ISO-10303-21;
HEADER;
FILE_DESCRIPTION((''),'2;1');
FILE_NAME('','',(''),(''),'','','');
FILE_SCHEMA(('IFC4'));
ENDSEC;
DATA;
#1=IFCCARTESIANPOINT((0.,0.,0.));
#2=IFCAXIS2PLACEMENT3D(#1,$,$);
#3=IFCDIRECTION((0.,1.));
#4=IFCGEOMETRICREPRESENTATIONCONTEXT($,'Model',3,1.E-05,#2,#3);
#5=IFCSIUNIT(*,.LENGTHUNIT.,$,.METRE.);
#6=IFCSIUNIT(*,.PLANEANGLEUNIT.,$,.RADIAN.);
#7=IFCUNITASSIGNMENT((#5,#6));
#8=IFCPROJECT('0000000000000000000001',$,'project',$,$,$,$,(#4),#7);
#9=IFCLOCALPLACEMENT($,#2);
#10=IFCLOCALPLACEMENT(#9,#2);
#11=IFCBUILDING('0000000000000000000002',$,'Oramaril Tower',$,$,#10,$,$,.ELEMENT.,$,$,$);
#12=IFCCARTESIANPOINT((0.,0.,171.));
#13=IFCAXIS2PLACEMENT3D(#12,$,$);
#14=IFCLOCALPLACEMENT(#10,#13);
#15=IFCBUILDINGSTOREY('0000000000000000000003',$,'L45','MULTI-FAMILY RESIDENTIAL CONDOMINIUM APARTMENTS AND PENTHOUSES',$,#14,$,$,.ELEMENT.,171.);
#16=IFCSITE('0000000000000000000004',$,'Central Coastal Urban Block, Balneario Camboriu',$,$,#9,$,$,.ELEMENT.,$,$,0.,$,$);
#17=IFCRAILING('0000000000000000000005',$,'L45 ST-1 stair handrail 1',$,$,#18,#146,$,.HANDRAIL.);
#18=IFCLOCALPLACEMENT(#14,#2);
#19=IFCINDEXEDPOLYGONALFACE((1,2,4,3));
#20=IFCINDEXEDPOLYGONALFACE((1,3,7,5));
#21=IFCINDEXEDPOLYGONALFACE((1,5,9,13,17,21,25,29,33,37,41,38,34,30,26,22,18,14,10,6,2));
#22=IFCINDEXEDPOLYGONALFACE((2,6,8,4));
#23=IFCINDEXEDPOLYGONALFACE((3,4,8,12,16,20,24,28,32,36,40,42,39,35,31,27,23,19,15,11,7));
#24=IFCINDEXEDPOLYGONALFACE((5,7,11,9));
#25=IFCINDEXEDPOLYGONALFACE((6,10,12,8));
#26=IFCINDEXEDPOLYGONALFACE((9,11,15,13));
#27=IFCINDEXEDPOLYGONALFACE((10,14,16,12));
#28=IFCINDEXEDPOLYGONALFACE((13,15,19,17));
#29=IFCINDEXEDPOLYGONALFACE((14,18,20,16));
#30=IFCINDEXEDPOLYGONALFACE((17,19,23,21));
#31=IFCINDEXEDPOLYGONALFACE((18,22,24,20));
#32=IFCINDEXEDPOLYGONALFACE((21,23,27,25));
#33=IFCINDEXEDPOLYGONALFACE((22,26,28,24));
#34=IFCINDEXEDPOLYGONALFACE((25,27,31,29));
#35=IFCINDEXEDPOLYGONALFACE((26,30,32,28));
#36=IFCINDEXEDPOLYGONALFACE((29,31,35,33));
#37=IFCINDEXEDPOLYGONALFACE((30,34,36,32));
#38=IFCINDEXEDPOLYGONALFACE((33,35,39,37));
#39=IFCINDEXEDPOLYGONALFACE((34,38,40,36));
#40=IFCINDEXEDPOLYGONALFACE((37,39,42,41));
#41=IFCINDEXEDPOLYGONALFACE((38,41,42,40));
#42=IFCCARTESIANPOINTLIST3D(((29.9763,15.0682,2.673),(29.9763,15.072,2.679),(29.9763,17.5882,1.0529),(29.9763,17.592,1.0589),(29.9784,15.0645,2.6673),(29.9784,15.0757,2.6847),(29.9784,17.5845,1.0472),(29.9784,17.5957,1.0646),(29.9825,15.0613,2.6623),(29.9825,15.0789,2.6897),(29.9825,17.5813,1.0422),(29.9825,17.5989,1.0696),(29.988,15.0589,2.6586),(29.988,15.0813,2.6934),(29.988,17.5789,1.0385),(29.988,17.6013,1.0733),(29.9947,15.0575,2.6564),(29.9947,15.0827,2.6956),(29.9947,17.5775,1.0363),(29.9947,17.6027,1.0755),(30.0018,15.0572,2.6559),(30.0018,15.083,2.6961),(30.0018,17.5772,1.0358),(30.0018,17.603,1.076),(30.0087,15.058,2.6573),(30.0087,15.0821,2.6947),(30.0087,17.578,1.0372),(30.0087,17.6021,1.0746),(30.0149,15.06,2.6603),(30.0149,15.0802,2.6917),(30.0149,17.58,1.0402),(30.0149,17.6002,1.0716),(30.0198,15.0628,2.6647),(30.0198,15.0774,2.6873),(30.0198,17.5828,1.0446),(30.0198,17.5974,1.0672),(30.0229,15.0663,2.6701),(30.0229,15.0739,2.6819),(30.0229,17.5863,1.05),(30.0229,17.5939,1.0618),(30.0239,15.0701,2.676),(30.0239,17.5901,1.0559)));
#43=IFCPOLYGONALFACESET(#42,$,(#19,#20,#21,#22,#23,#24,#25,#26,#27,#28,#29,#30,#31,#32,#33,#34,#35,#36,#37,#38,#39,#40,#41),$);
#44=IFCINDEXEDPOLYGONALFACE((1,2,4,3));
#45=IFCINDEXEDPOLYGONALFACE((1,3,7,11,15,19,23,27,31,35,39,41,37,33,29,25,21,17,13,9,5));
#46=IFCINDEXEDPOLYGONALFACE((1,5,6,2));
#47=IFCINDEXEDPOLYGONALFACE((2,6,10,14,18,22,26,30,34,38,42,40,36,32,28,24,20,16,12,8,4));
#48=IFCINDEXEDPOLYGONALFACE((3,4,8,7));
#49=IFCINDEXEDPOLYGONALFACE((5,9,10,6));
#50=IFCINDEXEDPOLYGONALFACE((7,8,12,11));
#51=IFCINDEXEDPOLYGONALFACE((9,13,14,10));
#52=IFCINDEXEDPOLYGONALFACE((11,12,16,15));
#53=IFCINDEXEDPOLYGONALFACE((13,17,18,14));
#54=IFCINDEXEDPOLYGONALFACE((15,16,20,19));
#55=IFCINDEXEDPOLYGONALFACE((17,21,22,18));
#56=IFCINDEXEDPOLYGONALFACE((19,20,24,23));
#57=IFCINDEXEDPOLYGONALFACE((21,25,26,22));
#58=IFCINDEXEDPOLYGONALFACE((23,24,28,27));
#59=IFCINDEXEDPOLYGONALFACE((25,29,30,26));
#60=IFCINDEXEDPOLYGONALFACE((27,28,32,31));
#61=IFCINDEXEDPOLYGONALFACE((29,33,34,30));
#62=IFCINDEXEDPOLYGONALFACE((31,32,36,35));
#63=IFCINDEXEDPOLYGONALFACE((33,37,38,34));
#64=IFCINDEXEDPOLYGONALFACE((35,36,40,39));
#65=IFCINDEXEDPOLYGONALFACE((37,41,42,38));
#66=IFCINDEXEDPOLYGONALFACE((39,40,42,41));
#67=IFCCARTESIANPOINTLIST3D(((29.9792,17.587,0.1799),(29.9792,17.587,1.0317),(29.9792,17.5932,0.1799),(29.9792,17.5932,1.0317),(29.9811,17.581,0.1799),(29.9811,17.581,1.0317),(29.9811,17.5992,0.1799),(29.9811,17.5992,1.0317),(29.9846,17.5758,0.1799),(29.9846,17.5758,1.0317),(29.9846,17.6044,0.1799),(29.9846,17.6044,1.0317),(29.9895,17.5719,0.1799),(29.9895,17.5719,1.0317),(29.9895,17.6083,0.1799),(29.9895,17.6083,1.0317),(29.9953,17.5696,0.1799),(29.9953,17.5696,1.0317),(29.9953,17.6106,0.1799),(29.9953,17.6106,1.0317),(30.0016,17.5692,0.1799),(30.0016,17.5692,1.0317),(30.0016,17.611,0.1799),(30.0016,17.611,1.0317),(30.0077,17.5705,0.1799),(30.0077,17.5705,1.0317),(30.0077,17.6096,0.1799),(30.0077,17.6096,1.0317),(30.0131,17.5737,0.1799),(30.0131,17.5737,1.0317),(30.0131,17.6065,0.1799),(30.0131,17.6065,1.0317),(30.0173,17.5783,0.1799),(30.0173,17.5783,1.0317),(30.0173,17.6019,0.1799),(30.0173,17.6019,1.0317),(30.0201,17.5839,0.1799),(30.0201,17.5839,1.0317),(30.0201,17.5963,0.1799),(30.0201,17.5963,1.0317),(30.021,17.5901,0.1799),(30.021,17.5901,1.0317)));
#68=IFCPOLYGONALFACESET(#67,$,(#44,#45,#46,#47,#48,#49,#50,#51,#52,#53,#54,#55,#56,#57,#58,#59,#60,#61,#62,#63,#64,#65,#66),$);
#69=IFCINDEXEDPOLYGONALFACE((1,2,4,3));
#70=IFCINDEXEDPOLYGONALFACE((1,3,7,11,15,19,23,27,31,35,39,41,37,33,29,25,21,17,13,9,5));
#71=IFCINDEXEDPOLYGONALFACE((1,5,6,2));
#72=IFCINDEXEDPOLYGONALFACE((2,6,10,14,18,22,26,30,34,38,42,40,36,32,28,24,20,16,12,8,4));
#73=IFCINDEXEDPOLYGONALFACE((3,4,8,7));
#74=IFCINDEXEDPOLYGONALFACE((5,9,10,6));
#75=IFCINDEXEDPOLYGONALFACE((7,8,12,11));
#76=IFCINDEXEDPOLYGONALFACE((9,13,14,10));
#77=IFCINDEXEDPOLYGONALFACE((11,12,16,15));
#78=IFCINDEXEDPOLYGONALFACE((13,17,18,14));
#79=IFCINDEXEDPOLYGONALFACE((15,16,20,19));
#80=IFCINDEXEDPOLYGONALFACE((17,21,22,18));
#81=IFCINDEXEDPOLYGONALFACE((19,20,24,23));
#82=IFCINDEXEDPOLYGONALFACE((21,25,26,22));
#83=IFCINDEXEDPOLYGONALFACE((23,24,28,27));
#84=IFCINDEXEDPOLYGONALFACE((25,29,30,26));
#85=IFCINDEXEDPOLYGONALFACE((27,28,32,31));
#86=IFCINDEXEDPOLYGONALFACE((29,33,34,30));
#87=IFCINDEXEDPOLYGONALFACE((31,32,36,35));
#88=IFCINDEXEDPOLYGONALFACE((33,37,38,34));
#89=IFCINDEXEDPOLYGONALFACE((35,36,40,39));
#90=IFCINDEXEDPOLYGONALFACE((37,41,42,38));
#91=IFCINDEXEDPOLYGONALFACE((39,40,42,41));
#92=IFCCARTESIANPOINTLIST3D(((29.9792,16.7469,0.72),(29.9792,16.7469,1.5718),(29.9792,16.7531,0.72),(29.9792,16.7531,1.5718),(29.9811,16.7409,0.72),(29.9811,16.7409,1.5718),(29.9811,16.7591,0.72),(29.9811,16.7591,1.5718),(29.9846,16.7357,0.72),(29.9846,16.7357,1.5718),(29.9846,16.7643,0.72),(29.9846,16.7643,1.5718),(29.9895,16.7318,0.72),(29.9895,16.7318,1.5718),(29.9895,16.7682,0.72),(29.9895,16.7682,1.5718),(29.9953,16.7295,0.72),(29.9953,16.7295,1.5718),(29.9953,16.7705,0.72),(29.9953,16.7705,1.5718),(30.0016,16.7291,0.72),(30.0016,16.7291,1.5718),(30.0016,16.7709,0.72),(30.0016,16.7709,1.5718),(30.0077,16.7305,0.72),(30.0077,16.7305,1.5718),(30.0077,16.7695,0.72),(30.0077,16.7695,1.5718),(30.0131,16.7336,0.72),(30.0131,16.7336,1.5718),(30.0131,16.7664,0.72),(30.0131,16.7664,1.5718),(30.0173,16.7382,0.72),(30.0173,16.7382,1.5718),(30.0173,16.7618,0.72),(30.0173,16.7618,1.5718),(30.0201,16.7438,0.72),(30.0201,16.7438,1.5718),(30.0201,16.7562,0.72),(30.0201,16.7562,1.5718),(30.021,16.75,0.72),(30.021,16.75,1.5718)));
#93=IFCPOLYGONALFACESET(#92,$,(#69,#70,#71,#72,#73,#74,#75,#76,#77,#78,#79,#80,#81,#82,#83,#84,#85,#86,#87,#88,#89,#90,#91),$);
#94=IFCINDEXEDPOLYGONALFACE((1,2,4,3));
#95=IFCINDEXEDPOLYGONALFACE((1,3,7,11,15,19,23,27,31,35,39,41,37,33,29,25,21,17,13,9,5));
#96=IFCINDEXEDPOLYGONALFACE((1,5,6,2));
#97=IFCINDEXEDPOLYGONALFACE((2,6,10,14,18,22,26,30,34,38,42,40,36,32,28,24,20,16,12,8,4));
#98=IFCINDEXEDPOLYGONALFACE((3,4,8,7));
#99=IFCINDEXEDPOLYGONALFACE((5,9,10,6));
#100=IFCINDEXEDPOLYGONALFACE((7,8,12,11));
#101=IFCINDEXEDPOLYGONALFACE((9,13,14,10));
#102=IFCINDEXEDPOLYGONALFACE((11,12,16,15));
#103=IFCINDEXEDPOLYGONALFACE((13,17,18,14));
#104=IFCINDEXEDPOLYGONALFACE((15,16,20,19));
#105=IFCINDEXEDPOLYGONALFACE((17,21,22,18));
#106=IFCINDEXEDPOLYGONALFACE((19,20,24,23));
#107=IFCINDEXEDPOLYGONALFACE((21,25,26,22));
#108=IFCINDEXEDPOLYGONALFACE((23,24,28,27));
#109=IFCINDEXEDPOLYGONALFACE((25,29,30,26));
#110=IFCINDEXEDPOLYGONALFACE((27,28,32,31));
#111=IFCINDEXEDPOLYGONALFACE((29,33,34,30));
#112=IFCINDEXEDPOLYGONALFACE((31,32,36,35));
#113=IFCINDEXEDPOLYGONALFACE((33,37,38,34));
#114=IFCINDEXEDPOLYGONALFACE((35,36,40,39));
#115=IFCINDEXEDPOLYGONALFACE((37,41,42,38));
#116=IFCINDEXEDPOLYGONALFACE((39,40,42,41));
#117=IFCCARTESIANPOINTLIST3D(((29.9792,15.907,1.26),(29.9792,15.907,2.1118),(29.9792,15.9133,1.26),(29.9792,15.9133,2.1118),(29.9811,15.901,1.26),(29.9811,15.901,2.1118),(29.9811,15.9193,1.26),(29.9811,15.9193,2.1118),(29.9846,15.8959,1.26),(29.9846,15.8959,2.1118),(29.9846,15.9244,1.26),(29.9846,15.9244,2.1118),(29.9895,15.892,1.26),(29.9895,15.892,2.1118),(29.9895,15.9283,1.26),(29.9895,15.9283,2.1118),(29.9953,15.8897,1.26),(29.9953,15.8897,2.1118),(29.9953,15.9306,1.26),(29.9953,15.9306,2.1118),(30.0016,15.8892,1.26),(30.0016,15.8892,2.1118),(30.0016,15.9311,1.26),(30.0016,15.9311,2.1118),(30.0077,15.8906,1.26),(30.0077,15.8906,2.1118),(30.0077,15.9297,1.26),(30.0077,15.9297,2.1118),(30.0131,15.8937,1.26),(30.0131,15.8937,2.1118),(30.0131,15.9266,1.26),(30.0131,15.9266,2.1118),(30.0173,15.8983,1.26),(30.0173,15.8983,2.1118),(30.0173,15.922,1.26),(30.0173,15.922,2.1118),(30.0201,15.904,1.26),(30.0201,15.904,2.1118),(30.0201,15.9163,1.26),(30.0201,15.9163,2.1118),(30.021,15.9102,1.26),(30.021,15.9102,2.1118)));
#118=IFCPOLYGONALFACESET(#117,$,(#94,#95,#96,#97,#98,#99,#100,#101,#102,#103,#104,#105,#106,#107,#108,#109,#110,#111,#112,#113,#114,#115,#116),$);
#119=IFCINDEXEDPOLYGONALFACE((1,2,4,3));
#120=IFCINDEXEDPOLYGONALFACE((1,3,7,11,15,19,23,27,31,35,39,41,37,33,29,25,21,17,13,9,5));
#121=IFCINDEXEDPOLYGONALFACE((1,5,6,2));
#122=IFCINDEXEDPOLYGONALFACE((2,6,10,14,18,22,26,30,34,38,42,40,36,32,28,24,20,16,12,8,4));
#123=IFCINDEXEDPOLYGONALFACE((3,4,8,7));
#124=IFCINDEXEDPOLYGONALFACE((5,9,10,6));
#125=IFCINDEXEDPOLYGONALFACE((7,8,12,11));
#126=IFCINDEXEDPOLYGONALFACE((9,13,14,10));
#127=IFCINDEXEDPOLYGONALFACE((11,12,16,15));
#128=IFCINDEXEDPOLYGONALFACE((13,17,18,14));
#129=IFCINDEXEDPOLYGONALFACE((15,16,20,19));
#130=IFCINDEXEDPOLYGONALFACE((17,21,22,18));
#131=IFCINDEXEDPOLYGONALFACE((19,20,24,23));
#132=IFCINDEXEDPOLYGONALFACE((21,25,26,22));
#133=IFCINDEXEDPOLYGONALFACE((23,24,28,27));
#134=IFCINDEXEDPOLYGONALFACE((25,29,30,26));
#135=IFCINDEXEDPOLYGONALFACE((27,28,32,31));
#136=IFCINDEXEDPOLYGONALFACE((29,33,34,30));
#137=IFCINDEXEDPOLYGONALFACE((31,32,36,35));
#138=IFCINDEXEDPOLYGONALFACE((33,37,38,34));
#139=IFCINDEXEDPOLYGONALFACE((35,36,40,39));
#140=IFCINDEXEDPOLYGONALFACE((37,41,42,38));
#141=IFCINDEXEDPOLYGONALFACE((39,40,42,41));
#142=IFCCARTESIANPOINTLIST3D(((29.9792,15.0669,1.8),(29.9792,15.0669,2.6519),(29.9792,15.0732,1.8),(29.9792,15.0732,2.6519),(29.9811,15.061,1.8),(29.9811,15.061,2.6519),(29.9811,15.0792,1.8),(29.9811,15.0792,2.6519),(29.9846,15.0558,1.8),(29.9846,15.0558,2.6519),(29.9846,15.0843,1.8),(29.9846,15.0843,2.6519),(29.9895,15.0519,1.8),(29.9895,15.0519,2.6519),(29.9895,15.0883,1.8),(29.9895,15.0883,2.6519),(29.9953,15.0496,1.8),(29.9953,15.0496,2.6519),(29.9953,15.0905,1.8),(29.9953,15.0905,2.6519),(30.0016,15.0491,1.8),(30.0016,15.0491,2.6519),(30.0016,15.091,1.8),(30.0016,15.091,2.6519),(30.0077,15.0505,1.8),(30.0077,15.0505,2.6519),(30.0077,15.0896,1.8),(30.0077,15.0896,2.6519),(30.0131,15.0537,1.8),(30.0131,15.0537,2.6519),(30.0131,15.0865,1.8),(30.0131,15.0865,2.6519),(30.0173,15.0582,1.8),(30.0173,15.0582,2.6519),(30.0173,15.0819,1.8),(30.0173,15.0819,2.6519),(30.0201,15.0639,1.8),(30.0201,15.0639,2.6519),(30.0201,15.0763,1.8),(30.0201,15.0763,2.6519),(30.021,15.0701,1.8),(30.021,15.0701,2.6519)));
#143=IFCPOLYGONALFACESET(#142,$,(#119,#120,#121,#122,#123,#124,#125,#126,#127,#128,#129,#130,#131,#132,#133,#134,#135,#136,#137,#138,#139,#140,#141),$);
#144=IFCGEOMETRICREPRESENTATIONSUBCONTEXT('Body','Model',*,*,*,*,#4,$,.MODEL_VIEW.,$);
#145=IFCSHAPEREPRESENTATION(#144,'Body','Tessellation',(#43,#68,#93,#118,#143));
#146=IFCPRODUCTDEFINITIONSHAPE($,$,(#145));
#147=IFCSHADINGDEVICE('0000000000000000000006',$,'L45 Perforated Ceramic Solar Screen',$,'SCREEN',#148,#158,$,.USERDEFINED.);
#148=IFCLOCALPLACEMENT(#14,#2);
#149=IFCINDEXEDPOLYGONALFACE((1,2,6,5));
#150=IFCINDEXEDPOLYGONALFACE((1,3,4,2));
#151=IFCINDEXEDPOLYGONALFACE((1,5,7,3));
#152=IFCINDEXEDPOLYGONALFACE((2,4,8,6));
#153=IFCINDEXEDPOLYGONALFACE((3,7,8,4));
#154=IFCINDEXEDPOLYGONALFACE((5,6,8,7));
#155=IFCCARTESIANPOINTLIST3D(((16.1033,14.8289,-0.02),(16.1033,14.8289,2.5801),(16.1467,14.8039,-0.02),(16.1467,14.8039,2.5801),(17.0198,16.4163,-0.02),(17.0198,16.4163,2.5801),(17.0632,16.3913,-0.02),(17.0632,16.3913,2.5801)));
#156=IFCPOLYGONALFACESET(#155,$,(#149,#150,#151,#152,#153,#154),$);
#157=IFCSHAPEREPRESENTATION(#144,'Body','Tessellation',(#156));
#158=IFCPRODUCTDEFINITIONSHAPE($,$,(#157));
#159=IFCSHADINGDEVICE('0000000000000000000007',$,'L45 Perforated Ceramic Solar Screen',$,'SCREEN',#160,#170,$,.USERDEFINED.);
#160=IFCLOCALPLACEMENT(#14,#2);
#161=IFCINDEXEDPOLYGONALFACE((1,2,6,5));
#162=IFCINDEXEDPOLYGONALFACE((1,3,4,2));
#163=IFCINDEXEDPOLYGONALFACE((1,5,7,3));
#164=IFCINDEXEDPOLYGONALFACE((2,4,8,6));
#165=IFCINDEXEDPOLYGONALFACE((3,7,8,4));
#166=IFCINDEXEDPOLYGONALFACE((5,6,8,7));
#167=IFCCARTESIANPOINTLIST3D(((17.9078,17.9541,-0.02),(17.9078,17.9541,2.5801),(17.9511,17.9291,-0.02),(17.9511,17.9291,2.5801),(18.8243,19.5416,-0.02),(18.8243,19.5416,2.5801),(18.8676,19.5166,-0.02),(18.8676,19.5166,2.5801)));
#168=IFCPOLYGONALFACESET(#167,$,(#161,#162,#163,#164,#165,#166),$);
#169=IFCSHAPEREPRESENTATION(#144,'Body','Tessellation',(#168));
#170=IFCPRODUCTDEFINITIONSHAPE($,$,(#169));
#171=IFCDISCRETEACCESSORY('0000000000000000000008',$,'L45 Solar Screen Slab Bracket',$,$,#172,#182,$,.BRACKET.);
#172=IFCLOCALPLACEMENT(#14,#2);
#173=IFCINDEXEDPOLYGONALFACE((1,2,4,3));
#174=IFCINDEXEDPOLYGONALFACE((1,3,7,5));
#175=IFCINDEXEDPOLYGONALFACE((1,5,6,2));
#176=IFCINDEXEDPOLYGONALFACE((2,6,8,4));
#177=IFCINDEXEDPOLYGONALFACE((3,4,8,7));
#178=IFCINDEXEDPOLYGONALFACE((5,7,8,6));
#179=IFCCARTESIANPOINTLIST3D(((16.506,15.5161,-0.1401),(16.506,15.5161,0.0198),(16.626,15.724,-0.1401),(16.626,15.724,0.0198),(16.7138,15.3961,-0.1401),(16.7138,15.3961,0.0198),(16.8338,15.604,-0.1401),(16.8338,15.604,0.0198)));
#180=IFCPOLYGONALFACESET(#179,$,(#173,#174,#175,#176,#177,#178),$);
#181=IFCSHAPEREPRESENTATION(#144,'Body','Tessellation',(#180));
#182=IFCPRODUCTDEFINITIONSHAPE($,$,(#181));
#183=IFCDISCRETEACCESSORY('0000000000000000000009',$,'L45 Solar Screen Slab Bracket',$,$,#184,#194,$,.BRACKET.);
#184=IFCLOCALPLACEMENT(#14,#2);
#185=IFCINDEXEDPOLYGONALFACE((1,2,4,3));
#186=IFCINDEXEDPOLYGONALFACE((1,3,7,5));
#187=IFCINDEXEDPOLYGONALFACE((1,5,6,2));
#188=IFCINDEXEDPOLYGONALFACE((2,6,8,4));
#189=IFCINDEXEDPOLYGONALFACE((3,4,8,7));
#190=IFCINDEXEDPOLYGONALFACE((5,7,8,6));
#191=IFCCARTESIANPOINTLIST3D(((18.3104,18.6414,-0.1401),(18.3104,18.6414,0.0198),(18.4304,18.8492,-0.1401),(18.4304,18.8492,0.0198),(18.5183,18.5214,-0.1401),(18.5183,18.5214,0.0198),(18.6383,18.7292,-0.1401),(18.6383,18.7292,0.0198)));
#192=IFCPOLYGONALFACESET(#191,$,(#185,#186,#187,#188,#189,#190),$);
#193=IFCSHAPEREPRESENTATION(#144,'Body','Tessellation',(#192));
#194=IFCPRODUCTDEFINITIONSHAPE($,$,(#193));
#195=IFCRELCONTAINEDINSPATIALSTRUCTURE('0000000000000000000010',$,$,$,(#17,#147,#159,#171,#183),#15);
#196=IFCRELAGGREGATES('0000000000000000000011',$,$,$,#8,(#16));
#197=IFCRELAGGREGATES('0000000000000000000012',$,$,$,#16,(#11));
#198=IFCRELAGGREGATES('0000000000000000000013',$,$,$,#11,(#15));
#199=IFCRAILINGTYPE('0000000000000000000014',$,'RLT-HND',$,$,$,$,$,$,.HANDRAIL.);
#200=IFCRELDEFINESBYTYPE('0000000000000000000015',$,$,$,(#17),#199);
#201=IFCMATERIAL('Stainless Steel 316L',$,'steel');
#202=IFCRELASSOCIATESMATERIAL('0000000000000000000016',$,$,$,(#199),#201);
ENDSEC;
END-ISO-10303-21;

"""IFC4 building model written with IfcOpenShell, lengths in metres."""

from ifc_helpers import new_model, si_unit, direction, frame, origin, origin_2d, place, context, subcontext, project, spatial, rectangle, circle, extrude, material, type_object, element, save


model = new_model("IFC4")

# Units and contexts
model_context = context("Model", 3, precision=1e-05, world=origin(), true_north=direction((0.0, 1.0)))
body_context = subcontext(model_context, "Body", "Model", "MODEL_VIEW")
ifc_project = project(units=[si_unit("LENGTHUNIT", "METRE"), si_unit("PLANEANGLEUNIT", "RADIAN")], contexts=[model_context])

# Site, building, storey
site_placement = place(None, origin())
site = spatial("IfcSite", under=ifc_project, at=site_placement, Name="Central Coastal Urban Block, Balneario Camboriu", CompositionType="ELEMENT", RefElevation=0.0)
building_placement = place(site_placement, origin())
building = spatial("IfcBuilding", under=site, at=building_placement, Name="Oramaril Tower", CompositionType="ELEMENT")
storey_placement = place(building_placement, frame((0.0, 0.0, 171.0)))
storey = spatial("IfcBuildingStorey", under=building, at=storey_placement, Name="L45", Description="MULTI-FAMILY RESIDENTIAL CONDOMINIUM APARTMENTS AND PENTHOUSES", CompositionType="ELEMENT", Elevation=171.0)

# Railing
ifc_material_1 = material(Name="Stainless Steel 316L", Category="steel")
railing_type_1 = type_object("IfcRailingType", Name="RLT-HND", PredefinedType="HANDRAIL", material=ifc_material_1)
railing_1_placement = place(storey_placement, frame((30.0, 17.5901, 0.1799)))
element("IfcRailing", 1, at=railing_1_placement, inside=storey, type_object=railing_type_1, Name="L45 ST-1 stair handrail 1", PredefinedType="HANDRAIL", context=body_context, shape_type="SweptSolid", body=[
    extrude(circle(Radius=0.0239, at=origin_2d()), frame((0.0, 0.0, 0.876), z_axis=(0.0, -0.841163, 0.540782), x_axis=(1.0, 0.0, 0.0)), (0.0, 0.0, 1.0), 2.9958),
    extrude(circle(Radius=0.021, at=origin_2d()), origin(), (0.0, 0.0, 1.0), 0.8518),
    extrude(circle(Radius=0.021, at=origin_2d()), frame((0.0, -0.8401, 0.54)), (0.0, 0.0, 1.0), 0.8518),
    extrude(circle(Radius=0.021, at=origin_2d()), frame((0.0, -1.6799, 1.0801)), (0.0, 0.0, 1.0), 0.8518),
    extrude(circle(Radius=0.021, at=origin_2d()), frame((0.0, -2.52, 1.6201)), (0.0, 0.0, 1.0), 0.8518),
])

# Shading devices
for number, where, z_axis, x_axis, name in (
    (2, (16.5833, 15.6101, -0.02), (0.0, 0.0, 1.0), (-0.5, -0.866025, 0.0), "L45 Perforated Ceramic Solar Screen"),
    (3, (18.3877, 18.7354, -0.02), (0.0, 0.0, 1.0), (-0.5, -0.866025, 0.0), "L45 Perforated Ceramic Solar Screen"),
):
    element("IfcShadingDevice", number, at=place(storey_placement, frame(where, z_axis=z_axis, x_axis=x_axis)), inside=storey, Name=name, ObjectType="SCREEN", PredefinedType="USERDEFINED", context=body_context, shape_type="SweptSolid", body=[
        extrude(rectangle(XDim=1.833, YDim=0.05, at=origin_2d()), origin(), (0.0, 0.0, 1.0), 2.6001),
    ])

# Discrete accessories
for number, where, z_axis, x_axis, name in (
    (4, (16.6699, 15.5601, -0.1401), (0.0, 0.0, 1.0), (-0.5, -0.866025, 0.0), "L45 Solar Screen Slab Bracket"),
    (5, (18.4744, 18.6853, -0.1401), (0.0, 0.0, 1.0), (-0.5, -0.866025, 0.0), "L45 Solar Screen Slab Bracket"),
):
    element("IfcDiscreteAccessory", number, at=place(storey_placement, frame(where, z_axis=z_axis, x_axis=x_axis)), inside=storey, Name=name, PredefinedType="BRACKET", context=body_context, shape_type="SweptSolid", body=[
        extrude(rectangle(XDim=0.24, YDim=0.24, at=origin_2d()), origin(), (0.0, 0.0, 1.0), 0.1599),
    ])

save(model, "model.ifc")
